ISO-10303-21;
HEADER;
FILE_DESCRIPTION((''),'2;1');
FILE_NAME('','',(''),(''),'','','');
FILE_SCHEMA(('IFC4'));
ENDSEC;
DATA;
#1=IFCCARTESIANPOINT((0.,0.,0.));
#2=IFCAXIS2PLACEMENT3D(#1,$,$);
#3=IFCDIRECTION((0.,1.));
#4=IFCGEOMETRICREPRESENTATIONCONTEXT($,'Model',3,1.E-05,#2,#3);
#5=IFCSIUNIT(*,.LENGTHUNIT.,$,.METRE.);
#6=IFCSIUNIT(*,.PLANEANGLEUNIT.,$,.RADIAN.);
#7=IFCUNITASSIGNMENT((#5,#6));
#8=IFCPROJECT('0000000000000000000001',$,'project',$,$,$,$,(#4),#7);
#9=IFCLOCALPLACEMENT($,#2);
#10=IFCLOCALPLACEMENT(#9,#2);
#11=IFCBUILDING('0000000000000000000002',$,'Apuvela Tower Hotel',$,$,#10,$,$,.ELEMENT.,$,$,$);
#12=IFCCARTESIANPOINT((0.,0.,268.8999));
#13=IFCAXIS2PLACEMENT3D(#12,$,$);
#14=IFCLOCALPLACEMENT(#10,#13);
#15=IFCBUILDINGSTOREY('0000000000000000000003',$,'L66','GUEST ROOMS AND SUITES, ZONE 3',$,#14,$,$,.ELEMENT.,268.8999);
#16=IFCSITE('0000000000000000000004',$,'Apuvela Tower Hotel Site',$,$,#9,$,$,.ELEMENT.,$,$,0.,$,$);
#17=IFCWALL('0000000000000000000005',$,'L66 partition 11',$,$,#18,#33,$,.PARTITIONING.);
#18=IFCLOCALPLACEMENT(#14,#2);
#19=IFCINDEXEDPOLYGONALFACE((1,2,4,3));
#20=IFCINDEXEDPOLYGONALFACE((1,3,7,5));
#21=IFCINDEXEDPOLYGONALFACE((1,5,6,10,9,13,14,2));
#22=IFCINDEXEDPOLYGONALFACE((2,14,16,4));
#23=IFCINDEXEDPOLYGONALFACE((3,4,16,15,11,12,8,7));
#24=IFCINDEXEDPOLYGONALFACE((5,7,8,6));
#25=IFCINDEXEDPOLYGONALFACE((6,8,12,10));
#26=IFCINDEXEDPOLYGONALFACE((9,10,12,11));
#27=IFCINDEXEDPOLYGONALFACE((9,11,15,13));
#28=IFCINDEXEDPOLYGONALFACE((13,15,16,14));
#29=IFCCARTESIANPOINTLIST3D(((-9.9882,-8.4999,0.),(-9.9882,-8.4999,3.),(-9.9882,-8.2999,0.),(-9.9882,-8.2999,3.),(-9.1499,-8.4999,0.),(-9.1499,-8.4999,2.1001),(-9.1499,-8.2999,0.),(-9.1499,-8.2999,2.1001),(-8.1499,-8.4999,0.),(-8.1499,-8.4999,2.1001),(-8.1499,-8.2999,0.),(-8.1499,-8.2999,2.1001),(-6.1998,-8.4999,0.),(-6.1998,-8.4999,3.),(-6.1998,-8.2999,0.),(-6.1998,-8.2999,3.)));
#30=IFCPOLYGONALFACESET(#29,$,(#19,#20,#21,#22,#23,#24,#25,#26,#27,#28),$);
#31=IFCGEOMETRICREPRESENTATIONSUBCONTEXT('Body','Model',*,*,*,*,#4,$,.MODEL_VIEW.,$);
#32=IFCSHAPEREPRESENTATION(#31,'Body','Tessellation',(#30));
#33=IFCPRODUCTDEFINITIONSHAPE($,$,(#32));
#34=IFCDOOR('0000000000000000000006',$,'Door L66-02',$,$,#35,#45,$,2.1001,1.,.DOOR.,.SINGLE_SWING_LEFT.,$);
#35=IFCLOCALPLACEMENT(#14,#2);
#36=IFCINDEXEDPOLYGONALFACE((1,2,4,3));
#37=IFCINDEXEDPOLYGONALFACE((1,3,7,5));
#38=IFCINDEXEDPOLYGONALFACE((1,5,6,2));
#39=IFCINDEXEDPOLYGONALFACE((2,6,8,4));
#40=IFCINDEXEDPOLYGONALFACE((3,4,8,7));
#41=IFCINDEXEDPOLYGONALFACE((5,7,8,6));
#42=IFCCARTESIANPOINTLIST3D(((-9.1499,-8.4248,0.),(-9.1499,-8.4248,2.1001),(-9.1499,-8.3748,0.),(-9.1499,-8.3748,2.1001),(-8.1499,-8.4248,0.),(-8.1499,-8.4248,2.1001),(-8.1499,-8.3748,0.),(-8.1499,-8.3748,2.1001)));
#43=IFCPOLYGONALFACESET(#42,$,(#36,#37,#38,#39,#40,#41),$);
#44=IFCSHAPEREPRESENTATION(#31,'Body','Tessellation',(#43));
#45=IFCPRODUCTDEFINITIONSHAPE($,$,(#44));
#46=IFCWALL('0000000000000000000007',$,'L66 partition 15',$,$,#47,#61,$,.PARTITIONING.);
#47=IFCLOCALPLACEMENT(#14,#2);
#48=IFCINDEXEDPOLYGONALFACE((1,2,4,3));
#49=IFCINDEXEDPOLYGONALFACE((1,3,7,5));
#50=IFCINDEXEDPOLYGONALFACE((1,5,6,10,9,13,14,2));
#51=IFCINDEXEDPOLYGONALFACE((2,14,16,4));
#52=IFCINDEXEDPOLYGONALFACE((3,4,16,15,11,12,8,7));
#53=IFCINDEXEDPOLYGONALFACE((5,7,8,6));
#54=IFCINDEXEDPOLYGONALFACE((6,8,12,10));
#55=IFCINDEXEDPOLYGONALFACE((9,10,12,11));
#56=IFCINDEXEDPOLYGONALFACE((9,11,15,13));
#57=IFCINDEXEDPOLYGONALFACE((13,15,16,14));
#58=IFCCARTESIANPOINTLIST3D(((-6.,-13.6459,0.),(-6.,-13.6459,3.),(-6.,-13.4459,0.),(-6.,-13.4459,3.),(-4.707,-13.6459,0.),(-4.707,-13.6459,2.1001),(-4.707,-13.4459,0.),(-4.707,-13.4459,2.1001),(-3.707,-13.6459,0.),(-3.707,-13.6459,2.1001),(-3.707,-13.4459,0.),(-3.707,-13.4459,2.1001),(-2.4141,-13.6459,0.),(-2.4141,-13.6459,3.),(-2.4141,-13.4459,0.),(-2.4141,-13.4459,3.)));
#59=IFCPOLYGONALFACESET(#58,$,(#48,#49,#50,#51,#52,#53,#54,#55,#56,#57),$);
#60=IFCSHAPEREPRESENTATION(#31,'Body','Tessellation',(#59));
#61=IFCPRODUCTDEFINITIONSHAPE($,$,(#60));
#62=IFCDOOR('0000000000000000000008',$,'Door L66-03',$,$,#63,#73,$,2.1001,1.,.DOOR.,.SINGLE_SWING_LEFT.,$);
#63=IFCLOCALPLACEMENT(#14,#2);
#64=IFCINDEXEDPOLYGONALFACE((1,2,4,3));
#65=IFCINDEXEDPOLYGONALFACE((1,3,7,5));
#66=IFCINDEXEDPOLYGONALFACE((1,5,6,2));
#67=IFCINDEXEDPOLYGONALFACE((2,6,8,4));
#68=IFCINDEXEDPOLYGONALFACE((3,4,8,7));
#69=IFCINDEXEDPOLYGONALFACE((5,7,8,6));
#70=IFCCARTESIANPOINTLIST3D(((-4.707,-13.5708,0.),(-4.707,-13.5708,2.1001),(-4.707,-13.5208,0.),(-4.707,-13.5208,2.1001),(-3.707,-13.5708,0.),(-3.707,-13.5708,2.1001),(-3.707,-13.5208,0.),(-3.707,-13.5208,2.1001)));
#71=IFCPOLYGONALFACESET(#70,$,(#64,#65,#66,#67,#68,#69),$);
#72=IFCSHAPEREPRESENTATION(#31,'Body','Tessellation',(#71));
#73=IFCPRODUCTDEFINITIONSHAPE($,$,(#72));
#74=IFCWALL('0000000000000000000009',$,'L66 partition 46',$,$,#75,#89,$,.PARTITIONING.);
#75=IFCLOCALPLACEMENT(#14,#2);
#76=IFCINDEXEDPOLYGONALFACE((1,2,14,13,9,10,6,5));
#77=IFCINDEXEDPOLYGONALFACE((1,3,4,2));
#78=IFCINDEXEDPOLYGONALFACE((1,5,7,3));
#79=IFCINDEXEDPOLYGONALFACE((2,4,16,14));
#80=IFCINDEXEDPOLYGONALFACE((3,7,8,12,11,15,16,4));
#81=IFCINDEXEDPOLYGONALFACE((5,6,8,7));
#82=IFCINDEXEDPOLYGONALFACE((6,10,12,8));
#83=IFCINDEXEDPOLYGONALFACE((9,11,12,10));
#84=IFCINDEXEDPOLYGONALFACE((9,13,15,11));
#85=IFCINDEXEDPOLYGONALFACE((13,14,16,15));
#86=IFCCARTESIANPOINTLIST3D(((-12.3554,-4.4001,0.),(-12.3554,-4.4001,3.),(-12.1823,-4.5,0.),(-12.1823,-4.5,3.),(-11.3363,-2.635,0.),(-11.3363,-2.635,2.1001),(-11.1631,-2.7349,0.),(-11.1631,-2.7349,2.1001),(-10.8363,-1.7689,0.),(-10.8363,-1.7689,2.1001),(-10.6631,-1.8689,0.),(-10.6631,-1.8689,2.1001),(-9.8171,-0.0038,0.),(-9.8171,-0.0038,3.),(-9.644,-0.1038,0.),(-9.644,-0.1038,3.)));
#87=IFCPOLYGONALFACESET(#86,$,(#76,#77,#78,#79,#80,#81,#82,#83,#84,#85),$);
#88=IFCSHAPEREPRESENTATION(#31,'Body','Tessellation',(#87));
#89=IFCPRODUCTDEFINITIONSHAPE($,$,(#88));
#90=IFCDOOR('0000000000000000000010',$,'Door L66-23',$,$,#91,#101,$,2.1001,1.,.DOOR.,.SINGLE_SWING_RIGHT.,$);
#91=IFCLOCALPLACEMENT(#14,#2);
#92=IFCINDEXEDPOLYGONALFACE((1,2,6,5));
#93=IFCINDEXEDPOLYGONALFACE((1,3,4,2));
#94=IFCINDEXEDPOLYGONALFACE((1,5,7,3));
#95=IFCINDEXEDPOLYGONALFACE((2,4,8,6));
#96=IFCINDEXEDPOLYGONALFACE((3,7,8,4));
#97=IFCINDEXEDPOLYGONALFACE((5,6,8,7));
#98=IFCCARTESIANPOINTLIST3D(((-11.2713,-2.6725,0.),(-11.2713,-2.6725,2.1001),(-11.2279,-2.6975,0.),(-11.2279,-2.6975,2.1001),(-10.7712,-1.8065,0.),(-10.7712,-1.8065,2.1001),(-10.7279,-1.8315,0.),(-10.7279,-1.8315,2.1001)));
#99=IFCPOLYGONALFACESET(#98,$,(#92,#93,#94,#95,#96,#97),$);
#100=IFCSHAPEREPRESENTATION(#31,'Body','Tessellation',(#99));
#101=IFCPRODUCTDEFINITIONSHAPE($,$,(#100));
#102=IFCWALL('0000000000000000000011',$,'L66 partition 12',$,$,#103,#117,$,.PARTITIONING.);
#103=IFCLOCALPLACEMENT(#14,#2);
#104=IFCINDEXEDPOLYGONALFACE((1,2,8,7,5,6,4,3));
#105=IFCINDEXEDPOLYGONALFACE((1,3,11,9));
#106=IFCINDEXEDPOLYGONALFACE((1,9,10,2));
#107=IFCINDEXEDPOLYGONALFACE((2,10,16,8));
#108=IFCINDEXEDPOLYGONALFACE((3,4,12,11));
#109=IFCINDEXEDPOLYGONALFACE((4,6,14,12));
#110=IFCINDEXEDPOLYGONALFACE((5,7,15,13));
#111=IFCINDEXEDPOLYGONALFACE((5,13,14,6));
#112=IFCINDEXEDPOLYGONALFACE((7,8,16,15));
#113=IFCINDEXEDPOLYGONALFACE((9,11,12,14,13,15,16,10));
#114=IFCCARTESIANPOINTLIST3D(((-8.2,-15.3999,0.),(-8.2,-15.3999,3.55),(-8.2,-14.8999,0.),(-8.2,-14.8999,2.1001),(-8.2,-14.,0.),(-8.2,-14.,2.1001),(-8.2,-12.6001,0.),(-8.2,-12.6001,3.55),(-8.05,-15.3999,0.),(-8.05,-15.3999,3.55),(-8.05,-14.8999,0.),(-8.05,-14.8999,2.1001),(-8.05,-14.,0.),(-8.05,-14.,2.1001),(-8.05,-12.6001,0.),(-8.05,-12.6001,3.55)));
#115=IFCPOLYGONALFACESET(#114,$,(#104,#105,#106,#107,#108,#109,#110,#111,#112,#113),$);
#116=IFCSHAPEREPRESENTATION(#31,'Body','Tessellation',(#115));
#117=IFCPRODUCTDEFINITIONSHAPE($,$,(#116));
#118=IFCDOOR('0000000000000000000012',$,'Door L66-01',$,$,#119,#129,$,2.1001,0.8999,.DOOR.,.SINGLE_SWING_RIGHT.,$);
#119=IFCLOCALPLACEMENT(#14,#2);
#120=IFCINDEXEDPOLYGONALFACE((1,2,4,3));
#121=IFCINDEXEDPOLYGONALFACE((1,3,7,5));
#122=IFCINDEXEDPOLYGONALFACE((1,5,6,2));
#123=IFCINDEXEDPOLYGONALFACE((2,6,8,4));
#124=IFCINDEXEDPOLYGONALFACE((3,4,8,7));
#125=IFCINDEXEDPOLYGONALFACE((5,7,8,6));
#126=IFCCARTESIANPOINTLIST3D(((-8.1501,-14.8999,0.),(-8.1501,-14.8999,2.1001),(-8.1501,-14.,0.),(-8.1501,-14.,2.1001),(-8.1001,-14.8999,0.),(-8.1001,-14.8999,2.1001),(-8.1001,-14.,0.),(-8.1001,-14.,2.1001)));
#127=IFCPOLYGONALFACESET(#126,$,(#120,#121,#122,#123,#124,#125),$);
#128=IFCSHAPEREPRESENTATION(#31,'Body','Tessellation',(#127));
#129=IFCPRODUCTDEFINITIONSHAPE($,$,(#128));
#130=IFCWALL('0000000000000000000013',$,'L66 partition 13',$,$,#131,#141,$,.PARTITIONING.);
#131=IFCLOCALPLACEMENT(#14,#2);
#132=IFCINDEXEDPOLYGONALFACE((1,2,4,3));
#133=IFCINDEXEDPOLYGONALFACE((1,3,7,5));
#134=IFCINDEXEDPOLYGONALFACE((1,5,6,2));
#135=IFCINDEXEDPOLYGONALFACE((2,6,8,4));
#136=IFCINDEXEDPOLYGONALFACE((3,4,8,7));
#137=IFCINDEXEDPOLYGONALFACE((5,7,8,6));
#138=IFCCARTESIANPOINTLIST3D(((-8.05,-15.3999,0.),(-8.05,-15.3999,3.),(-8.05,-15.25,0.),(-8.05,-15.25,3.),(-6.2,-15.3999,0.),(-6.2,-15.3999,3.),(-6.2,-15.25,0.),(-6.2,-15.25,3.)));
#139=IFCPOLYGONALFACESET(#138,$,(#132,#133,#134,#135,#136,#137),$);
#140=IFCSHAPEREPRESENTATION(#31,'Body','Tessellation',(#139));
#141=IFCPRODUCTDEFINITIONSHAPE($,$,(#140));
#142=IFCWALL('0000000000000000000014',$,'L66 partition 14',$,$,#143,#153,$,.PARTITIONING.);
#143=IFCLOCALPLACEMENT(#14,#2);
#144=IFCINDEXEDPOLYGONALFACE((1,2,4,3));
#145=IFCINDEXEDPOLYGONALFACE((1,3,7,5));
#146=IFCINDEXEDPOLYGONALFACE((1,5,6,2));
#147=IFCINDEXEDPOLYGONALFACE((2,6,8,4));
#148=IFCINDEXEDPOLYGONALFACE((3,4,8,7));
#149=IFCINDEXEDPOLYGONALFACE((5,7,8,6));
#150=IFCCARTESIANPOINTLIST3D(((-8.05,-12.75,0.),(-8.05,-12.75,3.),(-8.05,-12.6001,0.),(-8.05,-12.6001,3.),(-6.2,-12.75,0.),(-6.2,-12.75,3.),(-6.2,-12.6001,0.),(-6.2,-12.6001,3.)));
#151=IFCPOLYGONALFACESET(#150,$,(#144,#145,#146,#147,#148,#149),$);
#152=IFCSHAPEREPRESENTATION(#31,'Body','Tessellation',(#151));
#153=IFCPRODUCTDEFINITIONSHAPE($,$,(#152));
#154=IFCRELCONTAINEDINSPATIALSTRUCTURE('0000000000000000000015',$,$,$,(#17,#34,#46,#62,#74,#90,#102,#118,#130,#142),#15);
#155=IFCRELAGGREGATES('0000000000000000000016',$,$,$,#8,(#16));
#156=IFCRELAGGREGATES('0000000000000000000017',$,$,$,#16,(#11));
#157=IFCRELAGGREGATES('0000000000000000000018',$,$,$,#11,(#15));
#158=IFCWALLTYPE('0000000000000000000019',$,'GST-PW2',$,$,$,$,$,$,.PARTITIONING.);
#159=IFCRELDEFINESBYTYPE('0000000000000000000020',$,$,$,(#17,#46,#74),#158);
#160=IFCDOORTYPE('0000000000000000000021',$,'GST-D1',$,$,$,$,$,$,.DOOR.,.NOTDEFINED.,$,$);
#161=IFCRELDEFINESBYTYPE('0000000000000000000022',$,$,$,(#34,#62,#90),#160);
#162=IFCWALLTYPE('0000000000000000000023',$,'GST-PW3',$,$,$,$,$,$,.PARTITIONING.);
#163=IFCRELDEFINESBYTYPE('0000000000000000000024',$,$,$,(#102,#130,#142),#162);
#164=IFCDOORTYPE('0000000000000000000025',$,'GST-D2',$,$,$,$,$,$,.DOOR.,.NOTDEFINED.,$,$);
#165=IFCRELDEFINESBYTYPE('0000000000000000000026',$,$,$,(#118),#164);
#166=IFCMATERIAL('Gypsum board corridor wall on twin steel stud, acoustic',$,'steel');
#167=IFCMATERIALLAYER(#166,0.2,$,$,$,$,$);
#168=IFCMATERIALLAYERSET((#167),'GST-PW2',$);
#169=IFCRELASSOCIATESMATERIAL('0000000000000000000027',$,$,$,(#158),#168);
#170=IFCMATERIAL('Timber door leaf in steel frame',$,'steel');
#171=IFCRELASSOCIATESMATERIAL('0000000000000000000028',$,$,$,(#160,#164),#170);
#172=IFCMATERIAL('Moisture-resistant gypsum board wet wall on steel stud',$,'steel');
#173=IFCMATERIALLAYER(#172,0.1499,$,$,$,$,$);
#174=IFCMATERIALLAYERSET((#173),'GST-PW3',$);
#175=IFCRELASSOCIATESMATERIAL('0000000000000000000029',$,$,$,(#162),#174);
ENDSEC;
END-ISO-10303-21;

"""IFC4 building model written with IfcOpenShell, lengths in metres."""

from ifc_helpers import new_model, si_unit, direction, frame, frame_2d, origin, place, context, subcontext, project, spatial, rectangle, extrude, material, layer, layer_set, type_object, element, fill, save


model = new_model("IFC4")

# Units and contexts
model_context = context("Model", 3, precision=1e-05, world=origin(), true_north=direction((0.0, 1.0)))
body_context = subcontext(model_context, "Body", "Model", "MODEL_VIEW")
ifc_project = project(units=[si_unit("LENGTHUNIT", "METRE"), si_unit("PLANEANGLEUNIT", "RADIAN")], contexts=[model_context])

# Site, building, storey
site_placement = place(None, origin())
site = spatial("IfcSite", under=ifc_project, at=site_placement, Name="Apuvela Tower Hotel Site", CompositionType="ELEMENT", RefElevation=0.0)
building_placement = place(site_placement, origin())
building = spatial("IfcBuilding", under=site, at=building_placement, Name="Apuvela Tower Hotel", CompositionType="ELEMENT")
storey_placement = place(building_placement, frame((0.0, 0.0, 268.8999)))
storey = spatial("IfcBuildingStorey", under=building, at=storey_placement, Name="L66", Description="GUEST ROOMS AND SUITES, ZONE 3", CompositionType="ELEMENT", Elevation=268.8999)

# Walls, openings, doors
ifc_material_1 = material(Name="Gypsum board corridor wall on twin steel stud, acoustic", Category="steel")
ifc_layer_1 = layer(ifc_material_1, 0.2)
ifc_layer_set_1 = layer_set([ifc_layer_1], Name="GST-PW2")
wall_type_1 = type_object("IfcWallType", Name="GST-PW2", PredefinedType="PARTITIONING", material=ifc_layer_set_1)
wall_1_placement = place(storey_placement, frame((-6.2, -8.3999, 0.0), z_axis=(0.0, 0.0, 1.0), x_axis=(-1.0, 0.0, 0.0)))
wall_1 = element("IfcWall", 1, at=wall_1_placement, inside=storey, type_object=wall_type_1, Name="L66 partition 11", PredefinedType="PARTITIONING", context=body_context, shape_type="SweptSolid", body=[
    extrude(rectangle(XDim=3.7883, YDim=0.2, at=frame_2d((1.894, 0.0))), origin(), (0.0, 0.0, 1.0), 3.0),
])
opening_1_placement = place(wall_1_placement, frame((1.95, 0.0, 0.0)))
opening_1 = element("IfcOpeningElement", 2, at=opening_1_placement, cuts=wall_1, PredefinedType="OPENING", context=body_context, shape_type="SweptSolid", body=[
    extrude(rectangle(XDim=1.0, YDim=2.1001, at=frame_2d((0.5, 1.05))), frame((0.0, 0.1099, 0.0), z_axis=(0.0, -1.0, 0.0), x_axis=(1.0, 0.0, 0.0)), (0.0, 0.0, 1.0), 0.22),
])
ifc_material_2 = material(Name="Timber door leaf in steel frame", Category="steel")
door_type_1 = type_object("IfcDoorType", Name="GST-D1", OperationType="NOTDEFINED", PredefinedType="DOOR", material=ifc_material_2)
door_1_placement = place(opening_1_placement, origin())
door_1 = element("IfcDoor", 3, at=door_1_placement, inside=storey, type_object=door_type_1, Name="Door L66-02", OperationType="SINGLE_SWING_LEFT", OverallHeight=2.1001, OverallWidth=1.0, PredefinedType="DOOR", context=body_context, shape_type="SweptSolid", body=[
    extrude(rectangle(XDim=1.0, YDim=2.1001, at=frame_2d((0.5, 1.05))), frame((0.0, 0.0249, 0.0), z_axis=(0.0, -1.0, 0.0), x_axis=(1.0, 0.0, 0.0)), (0.0, 0.0, 1.0), 0.05),
])
fill(opening_1, door_1)
wall_2_placement = place(storey_placement, frame((-2.4141, -13.5459, 0.0), z_axis=(0.0, 0.0, 1.0), x_axis=(-1.0, 0.0, 0.0)))
wall_2 = element("IfcWall", 4, at=wall_2_placement, inside=storey, type_object=wall_type_1, Name="L66 partition 15", PredefinedType="PARTITIONING", context=body_context, shape_type="SweptSolid", body=[
    extrude(rectangle(XDim=3.5859, YDim=0.2, at=frame_2d((1.793, 0.0))), origin(), (0.0, 0.0, 1.0), 3.0),
])
opening_2_placement = place(wall_2_placement, frame((1.293, 0.0, 0.0)))
opening_2 = element("IfcOpeningElement", 5, at=opening_2_placement, cuts=wall_2, PredefinedType="OPENING", context=body_context, shape_type="SweptSolid", body=[
    extrude(rectangle(XDim=1.0, YDim=2.1001, at=frame_2d((0.5, 1.05))), frame((0.0, 0.1099, 0.0), z_axis=(0.0, -1.0, 0.0), x_axis=(1.0, 0.0, 0.0)), (0.0, 0.0, 1.0), 0.22),
])
door_2_placement = place(opening_2_placement, origin())
door_2 = element("IfcDoor", 6, at=door_2_placement, inside=storey, type_object=door_type_1, Name="Door L66-03", OperationType="SINGLE_SWING_LEFT", OverallHeight=2.1001, OverallWidth=1.0, PredefinedType="DOOR", context=body_context, shape_type="SweptSolid", body=[
    extrude(rectangle(XDim=1.0, YDim=2.1001, at=frame_2d((0.5, 1.05))), frame((0.0, 0.0249, 0.0), z_axis=(0.0, -1.0, 0.0), x_axis=(1.0, 0.0, 0.0)), (0.0, 0.0, 1.0), 0.05),
])
fill(opening_2, door_2)
wall_3_placement = place(storey_placement, frame((-12.2688, -4.45, 0.0), z_axis=(0.0, 0.0, 1.0), x_axis=(0.500024, 0.866012, 0.0)))
wall_3 = element("IfcWall", 7, at=wall_3_placement, inside=storey, type_object=wall_type_1, Name="L66 partition 46", PredefinedType="PARTITIONING", context=body_context, shape_type="SweptSolid", body=[
    extrude(rectangle(XDim=5.0764, YDim=0.2, at=frame_2d((2.5381, 0.0))), origin(), (0.0, 0.0, 1.0), 3.0),
])
opening_3_placement = place(wall_3_placement, frame((2.0381, 0.0, 0.0)))
opening_3 = element("IfcOpeningElement", 8, at=opening_3_placement, cuts=wall_3, PredefinedType="OPENING", context=body_context, shape_type="SweptSolid", body=[
    extrude(rectangle(XDim=1.0, YDim=2.1001, at=frame_2d((0.5, 1.05))), frame((0.0, 0.1099, 0.0), z_axis=(0.0, -1.0, 0.0), x_axis=(1.0, 0.0, 0.0)), (0.0, 0.0, 1.0), 0.22),
])
door_3_placement = place(opening_3_placement, origin())
door_3 = element("IfcDoor", 9, at=door_3_placement, inside=storey, type_object=door_type_1, Name="Door L66-23", OperationType="SINGLE_SWING_RIGHT", OverallHeight=2.1001, OverallWidth=1.0, PredefinedType="DOOR", context=body_context, shape_type="SweptSolid", body=[
    extrude(rectangle(XDim=1.0, YDim=2.1001, at=frame_2d((0.5, 1.05))), frame((0.0, 0.0249, 0.0), z_axis=(0.0, -1.0, 0.0), x_axis=(1.0, 0.0, 0.0)), (0.0, 0.0, 1.0), 0.05),
])
fill(opening_3, door_3)
ifc_material_3 = material(Name="Moisture-resistant gypsum board wet wall on steel stud", Category="steel")
ifc_layer_2 = layer(ifc_material_3, 0.1499)
ifc_layer_set_2 = layer_set([ifc_layer_2], Name="GST-PW3")
wall_type_2 = type_object("IfcWallType", Name="GST-PW3", PredefinedType="PARTITIONING", material=ifc_layer_set_2)
wall_4_placement = place(storey_placement, frame((-8.125, -12.6001, 0.0), z_axis=(0.0, 0.0, 1.0), x_axis=(0.0, -1.0, 0.0)))
wall_4 = element("IfcWall", 10, at=wall_4_placement, inside=storey, type_object=wall_type_2, Name="L66 partition 12", PredefinedType="PARTITIONING", context=body_context, shape_type="SweptSolid", body=[
    extrude(rectangle(XDim=2.7998, YDim=0.1499, at=frame_2d((1.3999, 0.0))), origin(), (0.0, 0.0, 1.0), 3.55),
])
opening_4_placement = place(wall_4_placement, frame((1.3999, 0.0, 0.0)))
opening_4 = element("IfcOpeningElement", 11, at=opening_4_placement, cuts=wall_4, PredefinedType="OPENING", context=body_context, shape_type="SweptSolid", body=[
    extrude(rectangle(XDim=0.8999, YDim=2.1001, at=frame_2d((0.45, 1.05))), frame((0.0, 0.085, 0.0), z_axis=(0.0, -1.0, 0.0), x_axis=(1.0, 0.0, 0.0)), (0.0, 0.0, 1.0), 0.1699),
])
door_type_2 = type_object("IfcDoorType", Name="GST-D2", OperationType="NOTDEFINED", PredefinedType="DOOR", material=ifc_material_2)
door_4_placement = place(opening_4_placement, origin())
door_4 = element("IfcDoor", 12, at=door_4_placement, inside=storey, type_object=door_type_2, Name="Door L66-01", OperationType="SINGLE_SWING_RIGHT", OverallHeight=2.1001, OverallWidth=0.8999, PredefinedType="DOOR", context=body_context, shape_type="SweptSolid", body=[
    extrude(rectangle(XDim=0.8999, YDim=2.1001, at=frame_2d((0.45, 1.05))), frame((0.0, 0.0249, 0.0), z_axis=(0.0, -1.0, 0.0), x_axis=(1.0, 0.0, 0.0)), (0.0, 0.0, 1.0), 0.05),
])
fill(opening_4, door_4)

# Walls
for number, where, z_axis, x_axis, name in (
    (13, (-8.05, -15.325, 0.0), (0.0, 0.0, 1.0), (1.0, 0.0, 0.0), "L66 partition 13"),
    (14, (-8.05, -12.675, 0.0), (0.0, 0.0, 1.0), (1.0, 0.0, 0.0), "L66 partition 14"),
):
    element("IfcWall", number, at=place(storey_placement, frame(where, z_axis=z_axis, x_axis=x_axis)), inside=storey, type_object=wall_type_2, Name=name, PredefinedType="PARTITIONING", context=body_context, shape_type="SweptSolid", body=[
        extrude(rectangle(XDim=1.8501, YDim=0.1499, at=frame_2d((0.925, 0.0))), origin(), (0.0, 0.0, 1.0), 3.0),
    ])

save(model, "model.ifc")
